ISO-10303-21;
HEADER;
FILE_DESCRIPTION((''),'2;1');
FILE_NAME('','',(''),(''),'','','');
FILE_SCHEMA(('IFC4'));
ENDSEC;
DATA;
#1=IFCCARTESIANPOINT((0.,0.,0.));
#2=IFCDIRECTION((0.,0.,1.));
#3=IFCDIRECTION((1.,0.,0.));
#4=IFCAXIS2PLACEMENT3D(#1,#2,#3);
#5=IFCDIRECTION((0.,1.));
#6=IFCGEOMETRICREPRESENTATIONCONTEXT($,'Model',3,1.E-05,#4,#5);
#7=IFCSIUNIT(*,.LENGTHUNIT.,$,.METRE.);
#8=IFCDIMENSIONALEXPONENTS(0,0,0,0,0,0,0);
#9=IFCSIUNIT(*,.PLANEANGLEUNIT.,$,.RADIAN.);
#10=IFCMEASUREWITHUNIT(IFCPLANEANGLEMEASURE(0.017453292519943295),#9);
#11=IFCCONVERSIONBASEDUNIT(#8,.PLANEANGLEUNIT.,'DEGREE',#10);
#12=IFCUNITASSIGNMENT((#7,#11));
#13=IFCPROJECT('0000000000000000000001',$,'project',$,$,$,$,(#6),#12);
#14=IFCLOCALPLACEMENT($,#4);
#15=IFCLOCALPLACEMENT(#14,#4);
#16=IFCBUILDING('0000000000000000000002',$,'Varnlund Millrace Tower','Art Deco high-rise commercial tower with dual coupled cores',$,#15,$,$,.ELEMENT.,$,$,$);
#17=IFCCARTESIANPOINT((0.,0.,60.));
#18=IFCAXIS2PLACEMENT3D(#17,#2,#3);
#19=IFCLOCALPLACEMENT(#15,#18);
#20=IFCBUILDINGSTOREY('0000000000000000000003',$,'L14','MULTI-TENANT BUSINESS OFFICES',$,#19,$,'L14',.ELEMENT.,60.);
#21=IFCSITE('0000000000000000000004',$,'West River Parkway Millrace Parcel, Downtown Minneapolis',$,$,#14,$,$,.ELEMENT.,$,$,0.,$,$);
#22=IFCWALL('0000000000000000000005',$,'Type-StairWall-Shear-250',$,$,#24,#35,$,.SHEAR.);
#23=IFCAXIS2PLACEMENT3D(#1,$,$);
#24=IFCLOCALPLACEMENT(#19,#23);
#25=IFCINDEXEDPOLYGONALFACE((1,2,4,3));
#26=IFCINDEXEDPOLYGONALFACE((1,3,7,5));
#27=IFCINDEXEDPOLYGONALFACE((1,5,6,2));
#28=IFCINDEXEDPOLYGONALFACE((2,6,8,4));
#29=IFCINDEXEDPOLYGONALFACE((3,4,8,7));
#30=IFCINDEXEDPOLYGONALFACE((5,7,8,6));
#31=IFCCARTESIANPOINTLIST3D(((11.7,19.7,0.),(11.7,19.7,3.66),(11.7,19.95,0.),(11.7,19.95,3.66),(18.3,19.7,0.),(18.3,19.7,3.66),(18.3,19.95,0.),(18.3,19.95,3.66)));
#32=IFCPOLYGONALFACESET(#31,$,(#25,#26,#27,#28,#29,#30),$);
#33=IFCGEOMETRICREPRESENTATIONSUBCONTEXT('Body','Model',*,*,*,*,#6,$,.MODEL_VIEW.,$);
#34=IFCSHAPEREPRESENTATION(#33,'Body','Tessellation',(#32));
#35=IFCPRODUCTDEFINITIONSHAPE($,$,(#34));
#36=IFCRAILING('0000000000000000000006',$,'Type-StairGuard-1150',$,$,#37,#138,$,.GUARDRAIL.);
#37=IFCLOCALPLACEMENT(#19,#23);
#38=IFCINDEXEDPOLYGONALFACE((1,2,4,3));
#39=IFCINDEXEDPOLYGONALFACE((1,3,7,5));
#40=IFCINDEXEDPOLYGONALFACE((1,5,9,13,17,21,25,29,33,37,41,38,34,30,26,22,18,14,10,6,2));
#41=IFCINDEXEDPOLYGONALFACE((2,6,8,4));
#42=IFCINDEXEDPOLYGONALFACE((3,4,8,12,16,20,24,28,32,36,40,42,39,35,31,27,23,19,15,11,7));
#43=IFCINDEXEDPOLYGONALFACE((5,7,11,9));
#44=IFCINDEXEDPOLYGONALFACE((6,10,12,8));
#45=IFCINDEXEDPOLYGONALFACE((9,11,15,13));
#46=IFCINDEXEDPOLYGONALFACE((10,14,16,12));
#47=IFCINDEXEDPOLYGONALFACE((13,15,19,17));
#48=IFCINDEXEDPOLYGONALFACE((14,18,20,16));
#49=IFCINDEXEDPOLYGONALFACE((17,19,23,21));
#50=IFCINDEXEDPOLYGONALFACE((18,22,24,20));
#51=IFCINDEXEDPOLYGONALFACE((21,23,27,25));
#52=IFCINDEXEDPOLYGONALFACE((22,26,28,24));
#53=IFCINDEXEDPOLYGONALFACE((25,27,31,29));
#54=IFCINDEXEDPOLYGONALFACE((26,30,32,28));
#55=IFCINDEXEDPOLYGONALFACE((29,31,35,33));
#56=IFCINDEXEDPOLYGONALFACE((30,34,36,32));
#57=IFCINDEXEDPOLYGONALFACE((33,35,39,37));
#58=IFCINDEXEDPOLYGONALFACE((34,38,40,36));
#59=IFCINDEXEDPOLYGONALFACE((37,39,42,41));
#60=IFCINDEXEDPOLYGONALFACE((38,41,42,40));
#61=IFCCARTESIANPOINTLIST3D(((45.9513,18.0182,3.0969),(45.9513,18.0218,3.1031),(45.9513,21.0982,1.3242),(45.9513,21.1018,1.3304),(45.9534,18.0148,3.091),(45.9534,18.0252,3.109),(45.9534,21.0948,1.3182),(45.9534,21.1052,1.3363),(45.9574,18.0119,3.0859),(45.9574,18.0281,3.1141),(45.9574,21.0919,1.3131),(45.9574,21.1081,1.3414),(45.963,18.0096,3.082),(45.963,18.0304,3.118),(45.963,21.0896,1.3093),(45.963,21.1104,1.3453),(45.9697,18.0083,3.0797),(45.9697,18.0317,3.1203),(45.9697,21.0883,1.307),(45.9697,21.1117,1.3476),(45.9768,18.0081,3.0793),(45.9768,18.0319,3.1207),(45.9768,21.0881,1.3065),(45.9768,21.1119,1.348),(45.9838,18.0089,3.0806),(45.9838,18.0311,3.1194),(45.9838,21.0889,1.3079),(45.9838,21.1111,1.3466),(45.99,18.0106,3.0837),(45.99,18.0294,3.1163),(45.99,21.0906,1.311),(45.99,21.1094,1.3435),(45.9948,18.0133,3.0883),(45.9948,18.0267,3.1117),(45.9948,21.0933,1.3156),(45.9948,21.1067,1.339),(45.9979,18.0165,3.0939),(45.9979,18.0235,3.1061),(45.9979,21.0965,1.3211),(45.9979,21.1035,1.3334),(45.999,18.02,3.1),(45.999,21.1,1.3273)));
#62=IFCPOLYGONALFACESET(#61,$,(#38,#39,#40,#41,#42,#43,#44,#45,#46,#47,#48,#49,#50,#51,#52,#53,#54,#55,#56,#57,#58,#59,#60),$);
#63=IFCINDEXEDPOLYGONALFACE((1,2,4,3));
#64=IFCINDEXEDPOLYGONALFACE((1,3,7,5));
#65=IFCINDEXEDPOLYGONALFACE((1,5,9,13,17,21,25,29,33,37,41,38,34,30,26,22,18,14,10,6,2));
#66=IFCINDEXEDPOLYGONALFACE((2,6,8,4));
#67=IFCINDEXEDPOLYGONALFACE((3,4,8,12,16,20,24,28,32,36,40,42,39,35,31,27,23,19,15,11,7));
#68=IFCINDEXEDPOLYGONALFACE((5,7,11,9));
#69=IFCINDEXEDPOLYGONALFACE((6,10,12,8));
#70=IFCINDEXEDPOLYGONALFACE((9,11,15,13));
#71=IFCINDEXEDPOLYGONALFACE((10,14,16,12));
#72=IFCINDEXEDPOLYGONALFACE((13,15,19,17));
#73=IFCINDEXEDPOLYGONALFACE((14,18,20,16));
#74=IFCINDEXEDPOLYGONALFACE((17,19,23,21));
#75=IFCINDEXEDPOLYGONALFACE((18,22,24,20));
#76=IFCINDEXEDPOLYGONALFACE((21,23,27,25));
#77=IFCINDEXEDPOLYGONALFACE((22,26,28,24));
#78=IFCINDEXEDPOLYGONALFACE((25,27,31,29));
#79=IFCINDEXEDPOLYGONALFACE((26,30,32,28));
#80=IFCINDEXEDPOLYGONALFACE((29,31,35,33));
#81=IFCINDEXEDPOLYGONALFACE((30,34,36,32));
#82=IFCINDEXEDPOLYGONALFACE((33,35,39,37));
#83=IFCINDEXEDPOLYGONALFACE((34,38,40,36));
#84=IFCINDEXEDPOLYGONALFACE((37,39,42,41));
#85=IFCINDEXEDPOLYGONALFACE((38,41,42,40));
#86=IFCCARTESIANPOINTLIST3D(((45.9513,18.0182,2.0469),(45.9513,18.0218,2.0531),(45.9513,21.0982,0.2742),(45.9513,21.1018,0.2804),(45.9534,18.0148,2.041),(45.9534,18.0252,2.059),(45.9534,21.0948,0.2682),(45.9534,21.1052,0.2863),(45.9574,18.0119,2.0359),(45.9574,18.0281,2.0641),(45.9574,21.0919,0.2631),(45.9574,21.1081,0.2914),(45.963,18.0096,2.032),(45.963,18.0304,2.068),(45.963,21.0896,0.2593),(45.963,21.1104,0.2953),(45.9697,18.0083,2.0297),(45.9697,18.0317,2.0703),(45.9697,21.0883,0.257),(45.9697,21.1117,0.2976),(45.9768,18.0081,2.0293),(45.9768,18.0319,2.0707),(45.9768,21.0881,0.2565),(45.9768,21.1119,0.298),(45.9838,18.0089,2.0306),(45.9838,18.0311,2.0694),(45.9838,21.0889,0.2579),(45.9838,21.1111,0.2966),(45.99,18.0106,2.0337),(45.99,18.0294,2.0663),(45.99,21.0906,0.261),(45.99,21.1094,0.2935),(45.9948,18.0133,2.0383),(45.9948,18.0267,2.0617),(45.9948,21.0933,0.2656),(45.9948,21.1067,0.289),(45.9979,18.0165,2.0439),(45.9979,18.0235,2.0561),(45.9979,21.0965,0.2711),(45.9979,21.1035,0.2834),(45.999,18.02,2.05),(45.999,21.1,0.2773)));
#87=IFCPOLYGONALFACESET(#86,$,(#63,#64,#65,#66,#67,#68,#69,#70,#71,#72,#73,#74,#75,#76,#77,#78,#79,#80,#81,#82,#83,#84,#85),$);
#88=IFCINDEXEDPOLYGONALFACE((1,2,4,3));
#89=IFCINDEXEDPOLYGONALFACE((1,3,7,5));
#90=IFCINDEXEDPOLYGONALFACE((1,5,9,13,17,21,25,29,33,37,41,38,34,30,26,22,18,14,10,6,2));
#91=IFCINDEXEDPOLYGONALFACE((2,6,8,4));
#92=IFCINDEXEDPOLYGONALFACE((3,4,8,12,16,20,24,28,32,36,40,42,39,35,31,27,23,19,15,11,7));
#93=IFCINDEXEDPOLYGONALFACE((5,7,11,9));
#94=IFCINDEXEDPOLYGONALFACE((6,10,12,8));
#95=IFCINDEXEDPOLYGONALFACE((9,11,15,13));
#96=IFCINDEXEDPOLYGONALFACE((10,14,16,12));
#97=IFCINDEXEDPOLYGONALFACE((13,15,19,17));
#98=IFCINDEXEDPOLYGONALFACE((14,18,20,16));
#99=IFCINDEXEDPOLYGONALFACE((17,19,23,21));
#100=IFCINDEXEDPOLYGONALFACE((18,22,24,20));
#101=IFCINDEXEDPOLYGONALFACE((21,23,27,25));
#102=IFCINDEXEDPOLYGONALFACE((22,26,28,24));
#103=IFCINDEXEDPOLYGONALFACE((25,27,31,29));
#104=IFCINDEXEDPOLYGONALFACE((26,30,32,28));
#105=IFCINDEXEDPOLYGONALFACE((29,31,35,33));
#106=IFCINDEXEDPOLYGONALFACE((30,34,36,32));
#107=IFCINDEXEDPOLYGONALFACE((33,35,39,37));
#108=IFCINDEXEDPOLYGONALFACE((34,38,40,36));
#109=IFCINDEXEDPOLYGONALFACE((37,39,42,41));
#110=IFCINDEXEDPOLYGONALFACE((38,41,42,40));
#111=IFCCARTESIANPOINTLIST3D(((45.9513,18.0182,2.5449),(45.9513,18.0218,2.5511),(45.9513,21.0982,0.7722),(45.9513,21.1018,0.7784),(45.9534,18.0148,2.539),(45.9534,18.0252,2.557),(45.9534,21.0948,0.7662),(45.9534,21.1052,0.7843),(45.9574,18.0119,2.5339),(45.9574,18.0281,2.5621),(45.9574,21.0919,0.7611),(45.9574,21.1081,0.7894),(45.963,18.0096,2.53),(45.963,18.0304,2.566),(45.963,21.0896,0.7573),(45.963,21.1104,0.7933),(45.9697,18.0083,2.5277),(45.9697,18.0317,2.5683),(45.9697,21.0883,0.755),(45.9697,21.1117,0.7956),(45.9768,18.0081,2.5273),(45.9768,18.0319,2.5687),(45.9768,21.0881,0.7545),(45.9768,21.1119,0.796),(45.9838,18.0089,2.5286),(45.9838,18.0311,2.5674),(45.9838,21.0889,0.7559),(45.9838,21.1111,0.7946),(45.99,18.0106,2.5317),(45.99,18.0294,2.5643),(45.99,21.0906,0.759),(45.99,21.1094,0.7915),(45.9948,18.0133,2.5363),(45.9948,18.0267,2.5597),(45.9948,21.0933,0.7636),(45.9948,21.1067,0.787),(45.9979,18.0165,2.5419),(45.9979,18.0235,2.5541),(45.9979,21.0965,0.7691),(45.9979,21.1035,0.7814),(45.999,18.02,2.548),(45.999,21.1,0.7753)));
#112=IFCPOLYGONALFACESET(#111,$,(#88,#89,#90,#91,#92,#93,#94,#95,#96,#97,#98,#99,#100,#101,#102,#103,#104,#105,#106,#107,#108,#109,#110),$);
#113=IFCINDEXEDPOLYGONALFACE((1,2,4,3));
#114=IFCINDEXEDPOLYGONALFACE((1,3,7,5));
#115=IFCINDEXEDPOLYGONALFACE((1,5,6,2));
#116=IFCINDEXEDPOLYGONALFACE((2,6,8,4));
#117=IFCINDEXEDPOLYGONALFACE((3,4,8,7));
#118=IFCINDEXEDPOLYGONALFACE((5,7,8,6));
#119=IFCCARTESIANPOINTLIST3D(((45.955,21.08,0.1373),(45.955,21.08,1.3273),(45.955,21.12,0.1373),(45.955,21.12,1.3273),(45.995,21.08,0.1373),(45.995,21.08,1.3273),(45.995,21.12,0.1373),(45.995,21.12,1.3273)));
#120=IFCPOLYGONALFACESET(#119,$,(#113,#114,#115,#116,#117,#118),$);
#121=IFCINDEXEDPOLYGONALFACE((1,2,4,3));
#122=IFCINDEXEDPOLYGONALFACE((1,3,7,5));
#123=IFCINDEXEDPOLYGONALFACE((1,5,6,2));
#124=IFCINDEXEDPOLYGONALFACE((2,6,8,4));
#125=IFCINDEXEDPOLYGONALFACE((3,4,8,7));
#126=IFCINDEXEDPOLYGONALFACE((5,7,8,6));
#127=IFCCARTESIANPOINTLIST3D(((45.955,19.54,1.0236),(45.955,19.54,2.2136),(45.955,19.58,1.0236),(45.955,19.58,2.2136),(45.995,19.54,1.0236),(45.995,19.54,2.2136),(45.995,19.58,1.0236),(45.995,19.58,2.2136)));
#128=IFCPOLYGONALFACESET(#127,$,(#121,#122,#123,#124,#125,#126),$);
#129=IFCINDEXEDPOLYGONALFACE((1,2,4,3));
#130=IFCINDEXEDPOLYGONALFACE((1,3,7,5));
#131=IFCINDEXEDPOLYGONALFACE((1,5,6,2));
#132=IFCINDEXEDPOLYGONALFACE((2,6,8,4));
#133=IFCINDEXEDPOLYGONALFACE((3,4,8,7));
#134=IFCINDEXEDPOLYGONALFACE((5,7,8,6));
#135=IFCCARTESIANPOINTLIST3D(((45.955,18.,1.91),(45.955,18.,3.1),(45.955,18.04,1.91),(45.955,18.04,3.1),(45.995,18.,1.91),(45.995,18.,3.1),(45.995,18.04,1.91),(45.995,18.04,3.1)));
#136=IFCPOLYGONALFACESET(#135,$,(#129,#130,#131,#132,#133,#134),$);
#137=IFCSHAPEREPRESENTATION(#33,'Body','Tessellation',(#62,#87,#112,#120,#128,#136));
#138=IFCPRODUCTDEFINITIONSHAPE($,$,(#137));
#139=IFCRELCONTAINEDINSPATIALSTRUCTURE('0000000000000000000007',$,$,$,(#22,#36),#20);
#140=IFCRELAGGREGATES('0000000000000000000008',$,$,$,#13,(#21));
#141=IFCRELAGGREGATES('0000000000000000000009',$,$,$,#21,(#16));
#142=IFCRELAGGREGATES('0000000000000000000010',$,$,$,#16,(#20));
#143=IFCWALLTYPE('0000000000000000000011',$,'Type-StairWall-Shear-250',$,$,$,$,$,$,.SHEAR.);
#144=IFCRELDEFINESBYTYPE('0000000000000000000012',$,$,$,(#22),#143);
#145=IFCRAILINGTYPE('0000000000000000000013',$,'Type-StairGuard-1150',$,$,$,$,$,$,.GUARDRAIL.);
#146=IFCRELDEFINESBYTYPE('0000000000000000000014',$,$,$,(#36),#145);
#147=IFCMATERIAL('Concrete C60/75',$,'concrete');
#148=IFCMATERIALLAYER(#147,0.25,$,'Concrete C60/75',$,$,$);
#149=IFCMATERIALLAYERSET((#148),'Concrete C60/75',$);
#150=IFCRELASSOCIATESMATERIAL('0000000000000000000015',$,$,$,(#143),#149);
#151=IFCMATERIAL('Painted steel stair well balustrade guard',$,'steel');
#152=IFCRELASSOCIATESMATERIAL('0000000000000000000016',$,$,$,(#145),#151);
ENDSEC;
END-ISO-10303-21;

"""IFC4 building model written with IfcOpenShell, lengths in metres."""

from ifc_helpers import new_model, entity, si_unit, converted_unit, direction, frame, origin_with_axes, origin_2d_with_axis, place, context, subcontext, project, spatial, polyline, rectangle, circle, outline, extrude, material, layer, layer_set, type_object, element, save


model = new_model("IFC4")

# Units and contexts
model_context = context("Model", 3, precision=1e-05, world=origin_with_axes(), true_north=direction((0.0, 1.0)))
body_context = subcontext(model_context, "Body", "Model", "MODEL_VIEW")
ifc_project = project(units=[si_unit("LENGTHUNIT", "METRE"), converted_unit("PLANEANGLEUNIT", "DEGREE", entity("IfcPlaneAngleMeasure", 0.017453292519943295), si_unit("PLANEANGLEUNIT", "RADIAN"), dimensions=[0, 0, 0, 0, 0, 0, 0])], contexts=[model_context])

# Site, building, storey
site_placement = place(None, origin_with_axes())
site = spatial("IfcSite", under=ifc_project, at=site_placement, Name="West River Parkway Millrace Parcel, Downtown Minneapolis", CompositionType="ELEMENT", RefElevation=0.0)
building_placement = place(site_placement, origin_with_axes())
building = spatial("IfcBuilding", under=site, at=building_placement, Name="Varnlund Millrace Tower", Description="Art Deco high-rise commercial tower with dual coupled cores", CompositionType="ELEMENT")
storey_placement = place(building_placement, frame((0.0, 0.0, 60.0), z_axis=(0.0, 0.0, 1.0), x_axis=(1.0, 0.0, 0.0)))
storey = spatial("IfcBuildingStorey", under=building, at=storey_placement, Name="L14", Description="MULTI-TENANT BUSINESS OFFICES", LongName="L14", CompositionType="ELEMENT", Elevation=60.0)

# Shared definitions
ifc_material_1 = material(Name="Concrete C60/75", Category="concrete")

# Wall
ifc_layer_1 = layer(ifc_material_1, 0.25, Name="Concrete C60/75")
ifc_layer_set_1 = layer_set([ifc_layer_1], Name="Concrete C60/75")
wall_type_1 = type_object("IfcWallType", Name="Type-StairWall-Shear-250", PredefinedType="SHEAR", material=ifc_layer_set_1)
wall_1_placement = place(storey_placement, frame((11.7, 19.825, 0.0), z_axis=(0.0, 0.0, 1.0), x_axis=(1.0, 0.0, 0.0)))
element("IfcWall", 1, at=wall_1_placement, inside=storey, type_object=wall_type_1, Name="Type-StairWall-Shear-250", PredefinedType="SHEAR", context=body_context, shape_type="SweptSolid", body=[
    extrude(outline(polyline([(0.0, -0.125), (6.6, -0.125), (6.6, 0.125), (0.0, 0.125), (0.0, -0.125)])), origin_with_axes(), (0.0, 0.0, 1.0), 3.66),
])

# Railing
ifc_material_2 = material(Name="Painted steel stair well balustrade guard", Category="steel")
railing_type_1 = type_object("IfcRailingType", Name="Type-StairGuard-1150", PredefinedType="GUARDRAIL", material=ifc_material_2)
railing_1_placement = place(storey_placement, frame((0.0, 0.0, -60.0), z_axis=(0.0, 0.0, 1.0), x_axis=(1.0, 0.0, 0.0)))
element("IfcRailing", 2, at=railing_1_placement, inside=storey, type_object=railing_type_1, Name="Type-StairGuard-1150", PredefinedType="GUARDRAIL", context=body_context, shape_type="SweptSolid", body=[
    extrude(circle(Radius=0.024, at=origin_2d_with_axis()), frame((45.975, 21.1, 61.3273), z_axis=(0.0, -0.866696, 0.498836), x_axis=(1.0, 0.0, 0.0)), (0.0, 0.0, 1.0), 3.5537),
    extrude(circle(Radius=0.024, at=origin_2d_with_axis()), frame((45.975, 21.1, 60.2773), z_axis=(0.0, -0.866696, 0.498836), x_axis=(1.0, 0.0, 0.0)), (0.0, 0.0, 1.0), 3.5537),
    extrude(circle(Radius=0.024, at=origin_2d_with_axis()), frame((45.975, 21.1, 60.7753), z_axis=(0.0, -0.866696, 0.498836), x_axis=(1.0, 0.0, 0.0)), (0.0, 0.0, 1.0), 3.5537),
    extrude(rectangle(XDim=0.04, YDim=0.04, at=origin_2d_with_axis()), frame((45.975, 21.1, 60.1373), z_axis=(0.0, 0.0, 1.0), x_axis=(1.0, 0.0, 0.0)), (0.0, 0.0, 1.0), 1.19),
    extrude(rectangle(XDim=0.04, YDim=0.04, at=origin_2d_with_axis()), frame((45.975, 19.56, 61.0236), z_axis=(0.0, 0.0, 1.0), x_axis=(1.0, 0.0, 0.0)), (0.0, 0.0, 1.0), 1.19),
    extrude(rectangle(XDim=0.04, YDim=0.04, at=origin_2d_with_axis()), frame((45.975, 18.02, 61.91), z_axis=(0.0, 0.0, 1.0), x_axis=(1.0, 0.0, 0.0)), (0.0, 0.0, 1.0), 1.19),
])

save(model, "model.ifc")
